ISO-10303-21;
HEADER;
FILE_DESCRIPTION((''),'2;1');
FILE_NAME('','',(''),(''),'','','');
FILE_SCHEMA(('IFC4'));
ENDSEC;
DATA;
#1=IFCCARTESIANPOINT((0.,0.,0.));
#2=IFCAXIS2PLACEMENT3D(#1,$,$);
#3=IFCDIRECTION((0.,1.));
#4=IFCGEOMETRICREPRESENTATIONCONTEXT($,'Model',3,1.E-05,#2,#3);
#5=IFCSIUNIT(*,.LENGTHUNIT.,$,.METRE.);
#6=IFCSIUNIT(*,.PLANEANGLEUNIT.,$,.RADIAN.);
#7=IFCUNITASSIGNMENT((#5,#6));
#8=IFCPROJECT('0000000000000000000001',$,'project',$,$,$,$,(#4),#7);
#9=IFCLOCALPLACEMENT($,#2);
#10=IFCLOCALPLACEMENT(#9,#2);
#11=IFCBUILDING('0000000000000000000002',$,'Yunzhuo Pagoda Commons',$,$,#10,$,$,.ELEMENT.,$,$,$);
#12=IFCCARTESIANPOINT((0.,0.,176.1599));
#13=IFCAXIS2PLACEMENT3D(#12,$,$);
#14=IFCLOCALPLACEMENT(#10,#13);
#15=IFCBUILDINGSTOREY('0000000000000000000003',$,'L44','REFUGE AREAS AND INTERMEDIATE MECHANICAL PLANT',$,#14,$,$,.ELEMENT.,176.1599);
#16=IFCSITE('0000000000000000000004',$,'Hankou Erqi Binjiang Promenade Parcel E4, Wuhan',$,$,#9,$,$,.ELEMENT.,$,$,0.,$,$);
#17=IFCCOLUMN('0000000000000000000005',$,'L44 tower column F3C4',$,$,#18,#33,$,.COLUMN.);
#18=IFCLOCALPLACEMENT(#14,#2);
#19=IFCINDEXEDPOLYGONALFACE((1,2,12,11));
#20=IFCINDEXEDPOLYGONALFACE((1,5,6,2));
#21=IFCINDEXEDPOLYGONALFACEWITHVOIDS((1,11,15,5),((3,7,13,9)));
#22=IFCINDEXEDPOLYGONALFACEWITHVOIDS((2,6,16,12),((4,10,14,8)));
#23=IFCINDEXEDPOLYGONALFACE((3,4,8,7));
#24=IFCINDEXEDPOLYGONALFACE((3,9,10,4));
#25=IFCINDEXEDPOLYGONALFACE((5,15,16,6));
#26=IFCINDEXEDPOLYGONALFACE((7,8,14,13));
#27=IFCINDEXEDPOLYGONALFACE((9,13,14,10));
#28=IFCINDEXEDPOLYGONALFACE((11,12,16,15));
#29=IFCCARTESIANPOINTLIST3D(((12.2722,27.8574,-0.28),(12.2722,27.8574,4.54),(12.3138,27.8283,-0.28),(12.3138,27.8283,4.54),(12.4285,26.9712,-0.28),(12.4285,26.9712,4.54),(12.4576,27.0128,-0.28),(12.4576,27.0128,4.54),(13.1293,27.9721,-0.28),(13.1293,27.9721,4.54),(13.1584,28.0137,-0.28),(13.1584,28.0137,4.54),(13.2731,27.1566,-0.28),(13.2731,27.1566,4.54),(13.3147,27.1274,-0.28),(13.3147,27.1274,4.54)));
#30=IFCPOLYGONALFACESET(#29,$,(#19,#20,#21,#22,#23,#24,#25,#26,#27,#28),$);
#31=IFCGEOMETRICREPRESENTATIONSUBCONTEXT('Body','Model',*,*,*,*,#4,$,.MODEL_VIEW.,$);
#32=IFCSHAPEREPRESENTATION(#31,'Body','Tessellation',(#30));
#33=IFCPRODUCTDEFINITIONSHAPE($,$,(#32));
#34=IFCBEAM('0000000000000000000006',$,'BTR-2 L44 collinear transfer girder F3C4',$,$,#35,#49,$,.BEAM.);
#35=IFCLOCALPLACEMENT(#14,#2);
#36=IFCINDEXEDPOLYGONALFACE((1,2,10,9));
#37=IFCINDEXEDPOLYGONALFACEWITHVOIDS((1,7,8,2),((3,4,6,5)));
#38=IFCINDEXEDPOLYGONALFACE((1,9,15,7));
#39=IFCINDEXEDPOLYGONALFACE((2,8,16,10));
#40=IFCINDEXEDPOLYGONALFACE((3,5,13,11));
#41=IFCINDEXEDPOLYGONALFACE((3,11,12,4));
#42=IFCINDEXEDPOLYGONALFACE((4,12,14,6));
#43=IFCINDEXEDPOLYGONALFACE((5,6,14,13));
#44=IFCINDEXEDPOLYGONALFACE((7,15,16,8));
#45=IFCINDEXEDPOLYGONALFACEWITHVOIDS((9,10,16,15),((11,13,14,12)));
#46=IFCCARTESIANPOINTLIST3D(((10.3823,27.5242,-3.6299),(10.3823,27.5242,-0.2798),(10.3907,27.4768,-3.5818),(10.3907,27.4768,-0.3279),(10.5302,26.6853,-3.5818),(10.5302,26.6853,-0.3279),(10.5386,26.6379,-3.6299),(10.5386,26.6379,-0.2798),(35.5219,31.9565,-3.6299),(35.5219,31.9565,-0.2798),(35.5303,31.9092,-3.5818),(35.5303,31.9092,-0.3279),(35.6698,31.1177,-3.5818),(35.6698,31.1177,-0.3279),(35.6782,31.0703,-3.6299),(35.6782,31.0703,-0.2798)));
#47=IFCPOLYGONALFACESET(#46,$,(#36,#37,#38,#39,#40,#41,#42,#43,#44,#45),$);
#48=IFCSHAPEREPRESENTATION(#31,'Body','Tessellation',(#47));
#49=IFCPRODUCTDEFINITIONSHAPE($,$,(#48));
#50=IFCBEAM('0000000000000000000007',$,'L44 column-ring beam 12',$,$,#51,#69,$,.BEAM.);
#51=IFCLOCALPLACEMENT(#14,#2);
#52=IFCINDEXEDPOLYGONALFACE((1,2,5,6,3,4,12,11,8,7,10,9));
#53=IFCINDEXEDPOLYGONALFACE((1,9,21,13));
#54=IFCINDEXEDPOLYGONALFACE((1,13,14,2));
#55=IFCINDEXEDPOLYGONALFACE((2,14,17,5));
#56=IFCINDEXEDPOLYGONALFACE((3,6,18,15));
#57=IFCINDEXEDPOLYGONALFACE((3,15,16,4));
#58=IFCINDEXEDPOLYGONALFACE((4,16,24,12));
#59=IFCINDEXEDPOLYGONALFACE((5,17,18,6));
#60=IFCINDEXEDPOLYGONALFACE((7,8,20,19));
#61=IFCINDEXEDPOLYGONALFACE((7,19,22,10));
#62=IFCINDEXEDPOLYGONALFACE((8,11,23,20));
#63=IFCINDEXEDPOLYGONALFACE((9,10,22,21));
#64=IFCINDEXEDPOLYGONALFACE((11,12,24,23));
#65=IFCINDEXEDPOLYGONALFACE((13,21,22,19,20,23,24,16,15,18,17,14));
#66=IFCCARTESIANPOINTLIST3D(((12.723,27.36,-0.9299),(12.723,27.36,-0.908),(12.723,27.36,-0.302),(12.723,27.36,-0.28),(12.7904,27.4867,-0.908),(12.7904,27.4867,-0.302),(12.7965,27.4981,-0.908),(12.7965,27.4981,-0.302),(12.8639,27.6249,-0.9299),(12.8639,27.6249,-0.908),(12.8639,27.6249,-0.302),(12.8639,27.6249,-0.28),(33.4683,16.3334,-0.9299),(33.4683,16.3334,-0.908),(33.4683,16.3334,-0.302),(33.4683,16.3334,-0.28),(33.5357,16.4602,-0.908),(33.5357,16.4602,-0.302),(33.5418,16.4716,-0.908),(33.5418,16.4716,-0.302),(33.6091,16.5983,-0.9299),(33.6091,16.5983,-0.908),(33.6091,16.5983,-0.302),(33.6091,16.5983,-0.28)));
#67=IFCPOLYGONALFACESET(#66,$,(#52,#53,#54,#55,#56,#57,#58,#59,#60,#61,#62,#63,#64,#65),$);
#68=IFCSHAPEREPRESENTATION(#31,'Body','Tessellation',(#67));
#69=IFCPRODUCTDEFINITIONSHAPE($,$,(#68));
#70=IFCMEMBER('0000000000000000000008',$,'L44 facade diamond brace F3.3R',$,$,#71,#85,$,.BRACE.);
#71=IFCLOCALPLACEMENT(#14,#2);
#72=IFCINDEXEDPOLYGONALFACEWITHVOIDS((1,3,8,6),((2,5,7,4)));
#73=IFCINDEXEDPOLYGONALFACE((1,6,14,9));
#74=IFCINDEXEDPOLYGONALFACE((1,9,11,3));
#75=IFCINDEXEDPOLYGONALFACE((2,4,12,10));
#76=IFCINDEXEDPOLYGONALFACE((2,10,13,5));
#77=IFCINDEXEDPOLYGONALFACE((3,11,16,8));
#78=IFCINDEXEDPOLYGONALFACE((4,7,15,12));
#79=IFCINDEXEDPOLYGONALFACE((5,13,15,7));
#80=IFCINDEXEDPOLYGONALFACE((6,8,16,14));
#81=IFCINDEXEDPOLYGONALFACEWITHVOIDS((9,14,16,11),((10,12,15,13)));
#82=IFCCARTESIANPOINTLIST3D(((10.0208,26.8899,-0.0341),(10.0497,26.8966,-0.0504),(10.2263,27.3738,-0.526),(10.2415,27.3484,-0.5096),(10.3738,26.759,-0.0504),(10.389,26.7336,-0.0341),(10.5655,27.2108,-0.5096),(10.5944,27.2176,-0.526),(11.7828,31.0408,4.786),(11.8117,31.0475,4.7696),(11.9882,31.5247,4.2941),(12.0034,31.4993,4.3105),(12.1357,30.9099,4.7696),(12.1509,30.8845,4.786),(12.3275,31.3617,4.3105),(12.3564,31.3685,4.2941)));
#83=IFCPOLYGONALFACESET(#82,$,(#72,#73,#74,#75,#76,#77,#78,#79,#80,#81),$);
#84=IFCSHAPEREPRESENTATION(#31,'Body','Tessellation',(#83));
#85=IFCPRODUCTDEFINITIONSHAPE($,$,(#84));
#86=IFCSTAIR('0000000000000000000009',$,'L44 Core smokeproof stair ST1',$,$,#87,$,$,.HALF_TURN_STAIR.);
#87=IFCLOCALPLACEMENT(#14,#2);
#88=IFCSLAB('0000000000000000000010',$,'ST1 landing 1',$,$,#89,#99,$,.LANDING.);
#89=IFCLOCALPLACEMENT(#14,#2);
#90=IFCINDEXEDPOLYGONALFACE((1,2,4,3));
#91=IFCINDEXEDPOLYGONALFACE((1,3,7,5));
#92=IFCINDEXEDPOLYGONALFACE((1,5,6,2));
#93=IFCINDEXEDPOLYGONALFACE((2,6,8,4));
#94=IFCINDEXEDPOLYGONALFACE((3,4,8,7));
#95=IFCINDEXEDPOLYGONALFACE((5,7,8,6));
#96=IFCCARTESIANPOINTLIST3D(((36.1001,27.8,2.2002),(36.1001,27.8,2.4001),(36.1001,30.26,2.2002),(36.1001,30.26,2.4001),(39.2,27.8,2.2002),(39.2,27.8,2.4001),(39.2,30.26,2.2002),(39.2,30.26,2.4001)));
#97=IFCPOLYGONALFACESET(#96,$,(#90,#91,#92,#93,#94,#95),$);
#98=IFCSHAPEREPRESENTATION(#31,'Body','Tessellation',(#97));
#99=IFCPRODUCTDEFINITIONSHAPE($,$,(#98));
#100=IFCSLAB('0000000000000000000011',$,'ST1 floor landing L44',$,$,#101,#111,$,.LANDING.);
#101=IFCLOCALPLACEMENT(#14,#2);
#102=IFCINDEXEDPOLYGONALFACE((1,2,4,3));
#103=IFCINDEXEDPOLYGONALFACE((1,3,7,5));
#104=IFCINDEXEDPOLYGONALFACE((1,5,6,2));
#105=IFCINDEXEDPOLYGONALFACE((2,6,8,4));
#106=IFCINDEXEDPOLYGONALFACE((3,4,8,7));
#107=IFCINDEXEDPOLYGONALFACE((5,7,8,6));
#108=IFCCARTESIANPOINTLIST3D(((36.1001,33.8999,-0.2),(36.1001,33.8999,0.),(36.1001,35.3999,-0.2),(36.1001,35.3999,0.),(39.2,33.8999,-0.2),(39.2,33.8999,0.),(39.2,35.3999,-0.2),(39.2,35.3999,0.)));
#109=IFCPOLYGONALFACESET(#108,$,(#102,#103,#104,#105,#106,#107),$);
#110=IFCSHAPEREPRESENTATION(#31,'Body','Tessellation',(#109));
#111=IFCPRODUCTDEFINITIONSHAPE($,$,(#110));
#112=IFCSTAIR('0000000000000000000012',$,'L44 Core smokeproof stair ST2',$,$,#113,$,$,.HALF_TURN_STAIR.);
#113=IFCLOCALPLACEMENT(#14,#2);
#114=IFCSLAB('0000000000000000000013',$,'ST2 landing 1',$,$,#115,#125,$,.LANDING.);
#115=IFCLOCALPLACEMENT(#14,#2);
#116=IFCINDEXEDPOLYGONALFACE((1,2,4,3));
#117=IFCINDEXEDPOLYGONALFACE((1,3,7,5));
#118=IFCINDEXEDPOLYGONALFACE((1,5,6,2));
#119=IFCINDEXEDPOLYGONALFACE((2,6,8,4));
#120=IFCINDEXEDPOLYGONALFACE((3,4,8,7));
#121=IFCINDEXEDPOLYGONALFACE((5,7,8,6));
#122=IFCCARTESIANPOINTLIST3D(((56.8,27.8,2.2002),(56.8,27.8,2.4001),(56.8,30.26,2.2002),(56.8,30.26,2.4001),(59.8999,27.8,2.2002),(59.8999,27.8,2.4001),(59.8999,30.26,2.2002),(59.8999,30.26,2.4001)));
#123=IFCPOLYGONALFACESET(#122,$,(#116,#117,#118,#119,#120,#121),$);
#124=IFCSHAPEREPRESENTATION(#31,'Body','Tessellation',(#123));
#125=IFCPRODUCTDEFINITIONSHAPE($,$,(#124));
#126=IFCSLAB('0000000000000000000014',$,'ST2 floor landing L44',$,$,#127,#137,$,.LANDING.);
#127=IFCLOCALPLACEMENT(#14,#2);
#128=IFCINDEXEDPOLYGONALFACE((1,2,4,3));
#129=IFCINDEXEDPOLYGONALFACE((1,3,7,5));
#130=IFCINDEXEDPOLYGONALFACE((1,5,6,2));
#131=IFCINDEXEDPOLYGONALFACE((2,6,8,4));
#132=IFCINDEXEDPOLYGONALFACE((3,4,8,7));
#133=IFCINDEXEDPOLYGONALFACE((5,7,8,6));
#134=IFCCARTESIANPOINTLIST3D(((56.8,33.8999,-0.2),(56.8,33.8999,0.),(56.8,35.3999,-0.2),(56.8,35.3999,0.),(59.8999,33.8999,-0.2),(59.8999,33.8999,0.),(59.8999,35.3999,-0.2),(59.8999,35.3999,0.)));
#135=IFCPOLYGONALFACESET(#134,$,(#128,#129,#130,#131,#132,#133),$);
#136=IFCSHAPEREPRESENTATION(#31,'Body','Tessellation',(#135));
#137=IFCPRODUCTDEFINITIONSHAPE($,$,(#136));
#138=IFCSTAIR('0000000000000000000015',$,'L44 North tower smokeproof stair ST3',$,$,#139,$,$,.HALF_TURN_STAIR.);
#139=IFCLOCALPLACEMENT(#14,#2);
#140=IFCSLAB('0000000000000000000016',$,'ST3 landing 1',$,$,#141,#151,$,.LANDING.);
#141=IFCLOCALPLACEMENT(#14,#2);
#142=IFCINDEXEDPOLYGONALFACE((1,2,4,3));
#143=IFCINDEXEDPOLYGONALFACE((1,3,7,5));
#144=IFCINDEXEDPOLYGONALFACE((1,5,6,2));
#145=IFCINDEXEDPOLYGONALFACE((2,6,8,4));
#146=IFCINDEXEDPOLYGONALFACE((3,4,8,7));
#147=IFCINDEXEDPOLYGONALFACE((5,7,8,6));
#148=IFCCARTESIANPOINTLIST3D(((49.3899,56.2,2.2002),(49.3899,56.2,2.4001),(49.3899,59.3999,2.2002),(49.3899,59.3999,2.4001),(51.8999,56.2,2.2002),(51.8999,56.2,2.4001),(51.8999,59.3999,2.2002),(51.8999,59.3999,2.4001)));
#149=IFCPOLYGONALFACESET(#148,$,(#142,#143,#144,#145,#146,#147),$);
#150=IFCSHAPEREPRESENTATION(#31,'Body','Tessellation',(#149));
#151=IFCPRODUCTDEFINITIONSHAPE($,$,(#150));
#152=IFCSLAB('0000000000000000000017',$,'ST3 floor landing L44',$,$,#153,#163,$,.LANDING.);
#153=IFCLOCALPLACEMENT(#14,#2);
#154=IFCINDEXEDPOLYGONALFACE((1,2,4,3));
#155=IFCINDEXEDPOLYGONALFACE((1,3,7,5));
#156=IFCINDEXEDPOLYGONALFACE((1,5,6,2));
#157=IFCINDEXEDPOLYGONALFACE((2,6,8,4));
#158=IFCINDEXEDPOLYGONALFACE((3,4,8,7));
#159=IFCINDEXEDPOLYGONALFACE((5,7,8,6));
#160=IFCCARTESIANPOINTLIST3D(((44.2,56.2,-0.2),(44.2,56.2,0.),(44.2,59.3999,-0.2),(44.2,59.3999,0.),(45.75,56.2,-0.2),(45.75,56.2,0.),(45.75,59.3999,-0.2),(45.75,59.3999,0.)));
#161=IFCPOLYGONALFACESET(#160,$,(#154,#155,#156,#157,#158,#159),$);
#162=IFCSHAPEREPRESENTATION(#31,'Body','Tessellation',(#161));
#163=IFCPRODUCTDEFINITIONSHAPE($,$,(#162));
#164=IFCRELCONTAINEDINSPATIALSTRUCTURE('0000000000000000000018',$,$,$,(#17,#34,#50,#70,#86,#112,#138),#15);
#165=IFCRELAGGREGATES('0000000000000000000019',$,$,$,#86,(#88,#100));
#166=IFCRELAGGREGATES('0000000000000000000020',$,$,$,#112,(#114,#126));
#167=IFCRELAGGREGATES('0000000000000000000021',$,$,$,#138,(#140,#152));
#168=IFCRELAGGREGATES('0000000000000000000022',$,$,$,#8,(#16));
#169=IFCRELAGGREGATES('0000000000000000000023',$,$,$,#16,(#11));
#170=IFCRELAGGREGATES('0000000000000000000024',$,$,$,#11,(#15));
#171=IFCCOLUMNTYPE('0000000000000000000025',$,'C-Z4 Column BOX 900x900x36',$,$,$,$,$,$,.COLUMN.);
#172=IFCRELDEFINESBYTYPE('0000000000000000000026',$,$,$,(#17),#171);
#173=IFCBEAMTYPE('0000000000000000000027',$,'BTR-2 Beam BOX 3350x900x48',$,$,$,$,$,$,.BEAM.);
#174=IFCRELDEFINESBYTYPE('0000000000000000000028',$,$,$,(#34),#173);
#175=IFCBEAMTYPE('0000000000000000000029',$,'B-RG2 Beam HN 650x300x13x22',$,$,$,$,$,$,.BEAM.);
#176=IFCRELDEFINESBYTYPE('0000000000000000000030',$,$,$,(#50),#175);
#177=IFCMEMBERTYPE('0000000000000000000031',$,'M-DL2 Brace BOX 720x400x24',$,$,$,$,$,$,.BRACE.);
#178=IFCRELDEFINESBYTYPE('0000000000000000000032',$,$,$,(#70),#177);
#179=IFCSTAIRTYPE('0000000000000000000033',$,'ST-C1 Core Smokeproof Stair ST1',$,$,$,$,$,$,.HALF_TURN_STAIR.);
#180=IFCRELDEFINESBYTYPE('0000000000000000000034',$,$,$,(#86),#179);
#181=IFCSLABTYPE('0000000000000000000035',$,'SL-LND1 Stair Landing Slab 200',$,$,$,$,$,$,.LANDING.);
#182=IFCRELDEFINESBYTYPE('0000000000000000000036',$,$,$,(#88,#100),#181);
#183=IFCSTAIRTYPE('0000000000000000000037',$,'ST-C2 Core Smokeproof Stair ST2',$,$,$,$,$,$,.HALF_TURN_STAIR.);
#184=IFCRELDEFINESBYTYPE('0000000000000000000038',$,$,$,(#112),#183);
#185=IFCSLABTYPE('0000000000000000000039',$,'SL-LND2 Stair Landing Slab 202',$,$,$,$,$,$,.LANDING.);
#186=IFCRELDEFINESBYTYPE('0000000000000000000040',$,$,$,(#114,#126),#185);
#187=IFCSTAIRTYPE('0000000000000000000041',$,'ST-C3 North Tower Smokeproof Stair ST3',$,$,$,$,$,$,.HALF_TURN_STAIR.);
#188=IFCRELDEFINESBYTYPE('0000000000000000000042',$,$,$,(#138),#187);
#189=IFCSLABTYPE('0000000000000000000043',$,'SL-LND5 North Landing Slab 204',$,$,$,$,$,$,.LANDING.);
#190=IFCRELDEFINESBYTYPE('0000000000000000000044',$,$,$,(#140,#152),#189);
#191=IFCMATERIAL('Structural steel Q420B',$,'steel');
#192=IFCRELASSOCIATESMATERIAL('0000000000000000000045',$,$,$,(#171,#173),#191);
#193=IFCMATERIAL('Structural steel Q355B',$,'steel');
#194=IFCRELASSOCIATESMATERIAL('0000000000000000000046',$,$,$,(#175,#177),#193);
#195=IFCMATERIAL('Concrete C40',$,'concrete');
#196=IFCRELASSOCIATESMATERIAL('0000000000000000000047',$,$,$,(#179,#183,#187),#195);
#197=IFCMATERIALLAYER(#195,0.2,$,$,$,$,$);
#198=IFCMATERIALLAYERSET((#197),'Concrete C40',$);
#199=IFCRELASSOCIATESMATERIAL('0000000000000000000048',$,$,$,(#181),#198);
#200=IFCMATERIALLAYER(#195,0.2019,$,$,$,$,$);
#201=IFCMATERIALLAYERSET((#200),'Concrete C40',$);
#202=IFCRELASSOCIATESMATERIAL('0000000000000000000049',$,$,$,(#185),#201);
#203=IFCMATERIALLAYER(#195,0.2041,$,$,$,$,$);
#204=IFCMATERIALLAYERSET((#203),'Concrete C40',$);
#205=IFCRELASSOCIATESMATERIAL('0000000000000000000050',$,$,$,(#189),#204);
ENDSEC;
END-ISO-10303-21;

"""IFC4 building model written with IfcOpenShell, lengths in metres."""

from ifc_helpers import new_model, si_unit, direction, frame, origin, origin_2d, place, context, subcontext, project, spatial, polyline, hollow_rectangle, i_section, outline, extrude, source, transform, mapped, material, layer, layer_set, material_profile, profile_set, type_object, element, aggregate, save


model = new_model("IFC4")

# Units and contexts
model_context = context("Model", 3, precision=1e-05, world=origin(), true_north=direction((0.0, 1.0)))
body_context = subcontext(model_context, "Body", "Model", "MODEL_VIEW")
ifc_project = project(units=[si_unit("LENGTHUNIT", "METRE"), si_unit("PLANEANGLEUNIT", "RADIAN")], contexts=[model_context])

# Site, building, storey
site_placement = place(None, origin())
site = spatial("IfcSite", under=ifc_project, at=site_placement, Name="Hankou Erqi Binjiang Promenade Parcel E4, Wuhan", CompositionType="ELEMENT", RefElevation=0.0)
building_placement = place(site_placement, origin())
building = spatial("IfcBuilding", under=site, at=building_placement, Name="Yunzhuo Pagoda Commons", CompositionType="ELEMENT")
storey_placement = place(building_placement, frame((0.0, 0.0, 176.1599)))
storey = spatial("IfcBuildingStorey", under=building, at=storey_placement, Name="L44", Description="REFUGE AREAS AND INTERMEDIATE MECHANICAL PLANT", CompositionType="ELEMENT", Elevation=176.1599)

# Column
ifc_material_1 = material(Name="Structural steel Q420B", Category="steel")
ifc_material_profile_1 = material_profile(ifc_material_1, hollow_rectangle(XDim=0.8999, YDim=0.8999, WallThickness=0.0359, at=origin_2d()), Name="Structural steel Q420B")
ifc_profile_set_1 = profile_set([ifc_material_profile_1], Name="Structural steel Q420B")
column_type = type_object("IfcColumnType", Name="C-Z4 Column BOX 900x900x36", PredefinedType="COLUMN", material=ifc_profile_set_1)
shared_shape_1 = source(origin(), body_context, "Body", "SweptSolid", [
    extrude(hollow_rectangle(XDim=0.8999, YDim=0.8999, WallThickness=0.0359, at=origin_2d()), origin(), (0.0, 0.0, 1.0), 4.8201),
])
column_placement = place(storey_placement, frame((12.7935, 27.4924, -0.28), z_axis=(0.0, 0.0, 1.0), x_axis=(0.173648, -0.984808, 0.0)))
element("IfcColumn", 1, at=column_placement, inside=storey, type_object=column_type, Name="L44 tower column F3C4", PredefinedType="COLUMN", context=body_context, shape_type="MappedRepresentation", body=[
    mapped(shared_shape_1, transform((0.0, 0.0, 0.0), scale=1.0)),
])

# Beams
ifc_material_profile_2 = material_profile(ifc_material_1, hollow_rectangle(XDim=0.8999, YDim=3.3501, WallThickness=0.0481, at=origin_2d()), Name="Structural steel Q420B")
ifc_profile_set_2 = profile_set([ifc_material_profile_2], Name="Structural steel Q420B")
beam_type_1 = type_object("IfcBeamType", Name="BTR-2 Beam BOX 3350x900x48", PredefinedType="BEAM", material=ifc_profile_set_2)
shared_shape_2 = source(origin(), body_context, "Body", "SweptSolid", [
    extrude(hollow_rectangle(XDim=0.8999, YDim=3.3501, WallThickness=0.0481, at=origin_2d()), origin(), (0.0, 0.0, 1.0), 25.5273),
])
beam_1_placement = place(storey_placement, frame((10.4604, 27.0811, -1.9548), z_axis=(0.984811, 0.173632, 0.0), x_axis=(-0.173632, 0.984811, 0.0)))
element("IfcBeam", 2, at=beam_1_placement, inside=storey, type_object=beam_type_1, Name="BTR-2 L44 collinear transfer girder F3C4", PredefinedType="BEAM", context=body_context, shape_type="MappedRepresentation", body=[
    mapped(shared_shape_2, transform((0.0, 0.0, 0.0), scale=1.0)),
])
ifc_material_2 = material(Name="Structural steel Q355B", Category="steel")
ifc_material_profile_3 = material_profile(ifc_material_2, i_section(OverallWidth=0.3, OverallDepth=0.6499, WebThickness=0.0129, FlangeThickness=0.022, at=origin_2d()), Name="Structural steel Q355B")
ifc_profile_set_3 = profile_set([ifc_material_profile_3], Name="Structural steel Q355B")
beam_type_2 = type_object("IfcBeamType", Name="B-RG2 Beam HN 650x300x13x22", PredefinedType="BEAM", material=ifc_profile_set_3)
shared_shape_3 = source(origin(), body_context, "Body", "SweptSolid", [
    extrude(i_section(OverallWidth=0.3, OverallDepth=0.6499, WebThickness=0.0129, FlangeThickness=0.022, at=origin_2d()), origin(), (0.0, 0.0, 1.0), 23.4937),
])
beam_2_placement = place(storey_placement, frame((12.7935, 27.4924, -0.605), z_axis=(0.883016, -0.469342, 0.0), x_axis=(0.469342, 0.883016, 0.0)))
element("IfcBeam", 3, at=beam_2_placement, inside=storey, type_object=beam_type_2, Name="L44 column-ring beam 12", PredefinedType="BEAM", context=body_context, shape_type="MappedRepresentation", body=[
    mapped(shared_shape_3, transform((0.0, 0.0, 0.0), scale=1.0)),
])

# Member
ifc_material_profile_4 = material_profile(ifc_material_2, hollow_rectangle(XDim=0.3999, YDim=0.72, WallThickness=0.0239, at=origin_2d()), Name="Structural steel Q355B")
ifc_profile_set_4 = profile_set([ifc_material_profile_4], Name="Structural steel Q355B")
member_type = type_object("IfcMemberType", Name="M-DL2 Brace BOX 720x400x24", PredefinedType="BRACE", material=ifc_profile_set_4)
shared_shape_4 = source(origin(), body_context, "Body", "SweptSolid", [
    extrude(hollow_rectangle(XDim=0.3999, YDim=0.72, WallThickness=0.0239, at=origin_2d()), origin(), (0.0, 0.0, 1.0), 6.6006),
])
member_placement = place(storey_placement, frame((10.3076, 27.0537, -0.28), z_axis=(0.266941, 0.628868, 0.730252), x_axis=(-0.920503, 0.390735, 0.0)))
element("IfcMember", 4, at=member_placement, inside=storey, type_object=member_type, Name="L44 facade diamond brace F3.3R", PredefinedType="BRACE", context=body_context, shape_type="MappedRepresentation", body=[
    mapped(shared_shape_4, transform((0.0, 0.0, 0.0), scale=1.0)),
])

# Stairs, slabs
ifc_material_3 = material(Name="Concrete C40", Category="concrete")
stair_type_1 = type_object("IfcStairType", Name="ST-C1 Core Smokeproof Stair ST1", PredefinedType="HALF_TURN_STAIR", material=ifc_material_3)
stair_1_placement = place(storey_placement, origin())
stair_1 = element("IfcStair", 5, at=stair_1_placement, inside=storey, type_object=stair_type_1, Name="L44 Core smokeproof stair ST1", PredefinedType="HALF_TURN_STAIR")
ifc_layer_1 = layer(ifc_material_3, 0.2)
ifc_layer_set_1 = layer_set([ifc_layer_1], Name="Concrete C40")
slab_type_1 = type_object("IfcSlabType", Name="SL-LND1 Stair Landing Slab 200", PredefinedType="LANDING", material=ifc_layer_set_1)
slab_1_placement = place(storey_placement, frame((0.0, 0.0, 2.2002)))
slab_1 = element("IfcSlab", 6, at=slab_1_placement, type_object=slab_type_1, Name="ST1 landing 1", PredefinedType="LANDING", context=body_context, shape_type="SweptSolid", body=[
    extrude(outline(polyline([(36.1001, 30.26), (36.1001, 27.8), (39.2, 27.8), (39.2, 30.26), (36.1001, 30.26)])), origin(), (0.0, 0.0, 1.0), 0.2),
])
slab_2_placement = place(storey_placement, frame((0.0, 0.0, -0.2)))
slab_2 = element("IfcSlab", 7, at=slab_2_placement, type_object=slab_type_1, Name="ST1 floor landing L44", PredefinedType="LANDING", context=body_context, shape_type="SweptSolid", body=[
    extrude(outline(polyline([(36.1001, 35.3999), (36.1001, 33.8999), (39.2, 33.8999), (39.2, 35.3999), (36.1001, 35.3999)])), origin(), (0.0, 0.0, 1.0), 0.2),
])
aggregate(stair_1, [slab_1, slab_2])
stair_type_2 = type_object("IfcStairType", Name="ST-C2 Core Smokeproof Stair ST2", PredefinedType="HALF_TURN_STAIR", material=ifc_material_3)
stair_2_placement = place(storey_placement, origin())
stair_2 = element("IfcStair", 8, at=stair_2_placement, inside=storey, type_object=stair_type_2, Name="L44 Core smokeproof stair ST2", PredefinedType="HALF_TURN_STAIR")
ifc_layer_2 = layer(ifc_material_3, 0.2019)
ifc_layer_set_2 = layer_set([ifc_layer_2], Name="Concrete C40")
slab_type_2 = type_object("IfcSlabType", Name="SL-LND2 Stair Landing Slab 202", PredefinedType="LANDING", material=ifc_layer_set_2)
slab_3_placement = place(storey_placement, frame((0.0, 0.0, 2.2002)))
slab_3 = element("IfcSlab", 9, at=slab_3_placement, type_object=slab_type_2, Name="ST2 landing 1", PredefinedType="LANDING", context=body_context, shape_type="SweptSolid", body=[
    extrude(outline(polyline([(56.8, 30.26), (56.8, 27.8), (59.8999, 27.8), (59.8999, 30.26), (56.8, 30.26)])), origin(), (0.0, 0.0, 1.0), 0.2),
])
slab_4_placement = place(storey_placement, frame((0.0, 0.0, -0.2)))
slab_4 = element("IfcSlab", 10, at=slab_4_placement, type_object=slab_type_2, Name="ST2 floor landing L44", PredefinedType="LANDING", context=body_context, shape_type="SweptSolid", body=[
    extrude(outline(polyline([(56.8, 35.3999), (56.8, 33.8999), (59.8999, 33.8999), (59.8999, 35.3999), (56.8, 35.3999)])), origin(), (0.0, 0.0, 1.0), 0.2),
])
aggregate(stair_2, [slab_3, slab_4])
stair_type_3 = type_object("IfcStairType", Name="ST-C3 North Tower Smokeproof Stair ST3", PredefinedType="HALF_TURN_STAIR", material=ifc_material_3)
stair_3_placement = place(storey_placement, origin())
stair_3 = element("IfcStair", 11, at=stair_3_placement, inside=storey, type_object=stair_type_3, Name="L44 North tower smokeproof stair ST3", PredefinedType="HALF_TURN_STAIR")
ifc_layer_3 = layer(ifc_material_3, 0.2041)
ifc_layer_set_3 = layer_set([ifc_layer_3], Name="Concrete C40")
slab_type_3 = type_object("IfcSlabType", Name="SL-LND5 North Landing Slab 204", PredefinedType="LANDING", material=ifc_layer_set_3)
slab_5_placement = place(storey_placement, frame((0.0, 0.0, 2.2002)))
slab_5 = element("IfcSlab", 12, at=slab_5_placement, type_object=slab_type_3, Name="ST3 landing 1", PredefinedType="LANDING", context=body_context, shape_type="SweptSolid", body=[
    extrude(outline(polyline([(49.3899, 56.2), (51.8999, 56.2), (51.8999, 59.3999), (49.3899, 59.3999), (49.3899, 56.2)])), origin(), (0.0, 0.0, 1.0), 0.2),
])
slab_6_placement = place(storey_placement, frame((0.0, 0.0, -0.2)))
slab_6 = element("IfcSlab", 13, at=slab_6_placement, type_object=slab_type_3, Name="ST3 floor landing L44", PredefinedType="LANDING", context=body_context, shape_type="SweptSolid", body=[
    extrude(outline(polyline([(44.2, 56.2), (45.75, 56.2), (45.75, 59.3999), (44.2, 59.3999), (44.2, 56.2)])), origin(), (0.0, 0.0, 1.0), 0.2),
])
aggregate(stair_3, [slab_5, slab_6])

save(model, "model.ifc")
